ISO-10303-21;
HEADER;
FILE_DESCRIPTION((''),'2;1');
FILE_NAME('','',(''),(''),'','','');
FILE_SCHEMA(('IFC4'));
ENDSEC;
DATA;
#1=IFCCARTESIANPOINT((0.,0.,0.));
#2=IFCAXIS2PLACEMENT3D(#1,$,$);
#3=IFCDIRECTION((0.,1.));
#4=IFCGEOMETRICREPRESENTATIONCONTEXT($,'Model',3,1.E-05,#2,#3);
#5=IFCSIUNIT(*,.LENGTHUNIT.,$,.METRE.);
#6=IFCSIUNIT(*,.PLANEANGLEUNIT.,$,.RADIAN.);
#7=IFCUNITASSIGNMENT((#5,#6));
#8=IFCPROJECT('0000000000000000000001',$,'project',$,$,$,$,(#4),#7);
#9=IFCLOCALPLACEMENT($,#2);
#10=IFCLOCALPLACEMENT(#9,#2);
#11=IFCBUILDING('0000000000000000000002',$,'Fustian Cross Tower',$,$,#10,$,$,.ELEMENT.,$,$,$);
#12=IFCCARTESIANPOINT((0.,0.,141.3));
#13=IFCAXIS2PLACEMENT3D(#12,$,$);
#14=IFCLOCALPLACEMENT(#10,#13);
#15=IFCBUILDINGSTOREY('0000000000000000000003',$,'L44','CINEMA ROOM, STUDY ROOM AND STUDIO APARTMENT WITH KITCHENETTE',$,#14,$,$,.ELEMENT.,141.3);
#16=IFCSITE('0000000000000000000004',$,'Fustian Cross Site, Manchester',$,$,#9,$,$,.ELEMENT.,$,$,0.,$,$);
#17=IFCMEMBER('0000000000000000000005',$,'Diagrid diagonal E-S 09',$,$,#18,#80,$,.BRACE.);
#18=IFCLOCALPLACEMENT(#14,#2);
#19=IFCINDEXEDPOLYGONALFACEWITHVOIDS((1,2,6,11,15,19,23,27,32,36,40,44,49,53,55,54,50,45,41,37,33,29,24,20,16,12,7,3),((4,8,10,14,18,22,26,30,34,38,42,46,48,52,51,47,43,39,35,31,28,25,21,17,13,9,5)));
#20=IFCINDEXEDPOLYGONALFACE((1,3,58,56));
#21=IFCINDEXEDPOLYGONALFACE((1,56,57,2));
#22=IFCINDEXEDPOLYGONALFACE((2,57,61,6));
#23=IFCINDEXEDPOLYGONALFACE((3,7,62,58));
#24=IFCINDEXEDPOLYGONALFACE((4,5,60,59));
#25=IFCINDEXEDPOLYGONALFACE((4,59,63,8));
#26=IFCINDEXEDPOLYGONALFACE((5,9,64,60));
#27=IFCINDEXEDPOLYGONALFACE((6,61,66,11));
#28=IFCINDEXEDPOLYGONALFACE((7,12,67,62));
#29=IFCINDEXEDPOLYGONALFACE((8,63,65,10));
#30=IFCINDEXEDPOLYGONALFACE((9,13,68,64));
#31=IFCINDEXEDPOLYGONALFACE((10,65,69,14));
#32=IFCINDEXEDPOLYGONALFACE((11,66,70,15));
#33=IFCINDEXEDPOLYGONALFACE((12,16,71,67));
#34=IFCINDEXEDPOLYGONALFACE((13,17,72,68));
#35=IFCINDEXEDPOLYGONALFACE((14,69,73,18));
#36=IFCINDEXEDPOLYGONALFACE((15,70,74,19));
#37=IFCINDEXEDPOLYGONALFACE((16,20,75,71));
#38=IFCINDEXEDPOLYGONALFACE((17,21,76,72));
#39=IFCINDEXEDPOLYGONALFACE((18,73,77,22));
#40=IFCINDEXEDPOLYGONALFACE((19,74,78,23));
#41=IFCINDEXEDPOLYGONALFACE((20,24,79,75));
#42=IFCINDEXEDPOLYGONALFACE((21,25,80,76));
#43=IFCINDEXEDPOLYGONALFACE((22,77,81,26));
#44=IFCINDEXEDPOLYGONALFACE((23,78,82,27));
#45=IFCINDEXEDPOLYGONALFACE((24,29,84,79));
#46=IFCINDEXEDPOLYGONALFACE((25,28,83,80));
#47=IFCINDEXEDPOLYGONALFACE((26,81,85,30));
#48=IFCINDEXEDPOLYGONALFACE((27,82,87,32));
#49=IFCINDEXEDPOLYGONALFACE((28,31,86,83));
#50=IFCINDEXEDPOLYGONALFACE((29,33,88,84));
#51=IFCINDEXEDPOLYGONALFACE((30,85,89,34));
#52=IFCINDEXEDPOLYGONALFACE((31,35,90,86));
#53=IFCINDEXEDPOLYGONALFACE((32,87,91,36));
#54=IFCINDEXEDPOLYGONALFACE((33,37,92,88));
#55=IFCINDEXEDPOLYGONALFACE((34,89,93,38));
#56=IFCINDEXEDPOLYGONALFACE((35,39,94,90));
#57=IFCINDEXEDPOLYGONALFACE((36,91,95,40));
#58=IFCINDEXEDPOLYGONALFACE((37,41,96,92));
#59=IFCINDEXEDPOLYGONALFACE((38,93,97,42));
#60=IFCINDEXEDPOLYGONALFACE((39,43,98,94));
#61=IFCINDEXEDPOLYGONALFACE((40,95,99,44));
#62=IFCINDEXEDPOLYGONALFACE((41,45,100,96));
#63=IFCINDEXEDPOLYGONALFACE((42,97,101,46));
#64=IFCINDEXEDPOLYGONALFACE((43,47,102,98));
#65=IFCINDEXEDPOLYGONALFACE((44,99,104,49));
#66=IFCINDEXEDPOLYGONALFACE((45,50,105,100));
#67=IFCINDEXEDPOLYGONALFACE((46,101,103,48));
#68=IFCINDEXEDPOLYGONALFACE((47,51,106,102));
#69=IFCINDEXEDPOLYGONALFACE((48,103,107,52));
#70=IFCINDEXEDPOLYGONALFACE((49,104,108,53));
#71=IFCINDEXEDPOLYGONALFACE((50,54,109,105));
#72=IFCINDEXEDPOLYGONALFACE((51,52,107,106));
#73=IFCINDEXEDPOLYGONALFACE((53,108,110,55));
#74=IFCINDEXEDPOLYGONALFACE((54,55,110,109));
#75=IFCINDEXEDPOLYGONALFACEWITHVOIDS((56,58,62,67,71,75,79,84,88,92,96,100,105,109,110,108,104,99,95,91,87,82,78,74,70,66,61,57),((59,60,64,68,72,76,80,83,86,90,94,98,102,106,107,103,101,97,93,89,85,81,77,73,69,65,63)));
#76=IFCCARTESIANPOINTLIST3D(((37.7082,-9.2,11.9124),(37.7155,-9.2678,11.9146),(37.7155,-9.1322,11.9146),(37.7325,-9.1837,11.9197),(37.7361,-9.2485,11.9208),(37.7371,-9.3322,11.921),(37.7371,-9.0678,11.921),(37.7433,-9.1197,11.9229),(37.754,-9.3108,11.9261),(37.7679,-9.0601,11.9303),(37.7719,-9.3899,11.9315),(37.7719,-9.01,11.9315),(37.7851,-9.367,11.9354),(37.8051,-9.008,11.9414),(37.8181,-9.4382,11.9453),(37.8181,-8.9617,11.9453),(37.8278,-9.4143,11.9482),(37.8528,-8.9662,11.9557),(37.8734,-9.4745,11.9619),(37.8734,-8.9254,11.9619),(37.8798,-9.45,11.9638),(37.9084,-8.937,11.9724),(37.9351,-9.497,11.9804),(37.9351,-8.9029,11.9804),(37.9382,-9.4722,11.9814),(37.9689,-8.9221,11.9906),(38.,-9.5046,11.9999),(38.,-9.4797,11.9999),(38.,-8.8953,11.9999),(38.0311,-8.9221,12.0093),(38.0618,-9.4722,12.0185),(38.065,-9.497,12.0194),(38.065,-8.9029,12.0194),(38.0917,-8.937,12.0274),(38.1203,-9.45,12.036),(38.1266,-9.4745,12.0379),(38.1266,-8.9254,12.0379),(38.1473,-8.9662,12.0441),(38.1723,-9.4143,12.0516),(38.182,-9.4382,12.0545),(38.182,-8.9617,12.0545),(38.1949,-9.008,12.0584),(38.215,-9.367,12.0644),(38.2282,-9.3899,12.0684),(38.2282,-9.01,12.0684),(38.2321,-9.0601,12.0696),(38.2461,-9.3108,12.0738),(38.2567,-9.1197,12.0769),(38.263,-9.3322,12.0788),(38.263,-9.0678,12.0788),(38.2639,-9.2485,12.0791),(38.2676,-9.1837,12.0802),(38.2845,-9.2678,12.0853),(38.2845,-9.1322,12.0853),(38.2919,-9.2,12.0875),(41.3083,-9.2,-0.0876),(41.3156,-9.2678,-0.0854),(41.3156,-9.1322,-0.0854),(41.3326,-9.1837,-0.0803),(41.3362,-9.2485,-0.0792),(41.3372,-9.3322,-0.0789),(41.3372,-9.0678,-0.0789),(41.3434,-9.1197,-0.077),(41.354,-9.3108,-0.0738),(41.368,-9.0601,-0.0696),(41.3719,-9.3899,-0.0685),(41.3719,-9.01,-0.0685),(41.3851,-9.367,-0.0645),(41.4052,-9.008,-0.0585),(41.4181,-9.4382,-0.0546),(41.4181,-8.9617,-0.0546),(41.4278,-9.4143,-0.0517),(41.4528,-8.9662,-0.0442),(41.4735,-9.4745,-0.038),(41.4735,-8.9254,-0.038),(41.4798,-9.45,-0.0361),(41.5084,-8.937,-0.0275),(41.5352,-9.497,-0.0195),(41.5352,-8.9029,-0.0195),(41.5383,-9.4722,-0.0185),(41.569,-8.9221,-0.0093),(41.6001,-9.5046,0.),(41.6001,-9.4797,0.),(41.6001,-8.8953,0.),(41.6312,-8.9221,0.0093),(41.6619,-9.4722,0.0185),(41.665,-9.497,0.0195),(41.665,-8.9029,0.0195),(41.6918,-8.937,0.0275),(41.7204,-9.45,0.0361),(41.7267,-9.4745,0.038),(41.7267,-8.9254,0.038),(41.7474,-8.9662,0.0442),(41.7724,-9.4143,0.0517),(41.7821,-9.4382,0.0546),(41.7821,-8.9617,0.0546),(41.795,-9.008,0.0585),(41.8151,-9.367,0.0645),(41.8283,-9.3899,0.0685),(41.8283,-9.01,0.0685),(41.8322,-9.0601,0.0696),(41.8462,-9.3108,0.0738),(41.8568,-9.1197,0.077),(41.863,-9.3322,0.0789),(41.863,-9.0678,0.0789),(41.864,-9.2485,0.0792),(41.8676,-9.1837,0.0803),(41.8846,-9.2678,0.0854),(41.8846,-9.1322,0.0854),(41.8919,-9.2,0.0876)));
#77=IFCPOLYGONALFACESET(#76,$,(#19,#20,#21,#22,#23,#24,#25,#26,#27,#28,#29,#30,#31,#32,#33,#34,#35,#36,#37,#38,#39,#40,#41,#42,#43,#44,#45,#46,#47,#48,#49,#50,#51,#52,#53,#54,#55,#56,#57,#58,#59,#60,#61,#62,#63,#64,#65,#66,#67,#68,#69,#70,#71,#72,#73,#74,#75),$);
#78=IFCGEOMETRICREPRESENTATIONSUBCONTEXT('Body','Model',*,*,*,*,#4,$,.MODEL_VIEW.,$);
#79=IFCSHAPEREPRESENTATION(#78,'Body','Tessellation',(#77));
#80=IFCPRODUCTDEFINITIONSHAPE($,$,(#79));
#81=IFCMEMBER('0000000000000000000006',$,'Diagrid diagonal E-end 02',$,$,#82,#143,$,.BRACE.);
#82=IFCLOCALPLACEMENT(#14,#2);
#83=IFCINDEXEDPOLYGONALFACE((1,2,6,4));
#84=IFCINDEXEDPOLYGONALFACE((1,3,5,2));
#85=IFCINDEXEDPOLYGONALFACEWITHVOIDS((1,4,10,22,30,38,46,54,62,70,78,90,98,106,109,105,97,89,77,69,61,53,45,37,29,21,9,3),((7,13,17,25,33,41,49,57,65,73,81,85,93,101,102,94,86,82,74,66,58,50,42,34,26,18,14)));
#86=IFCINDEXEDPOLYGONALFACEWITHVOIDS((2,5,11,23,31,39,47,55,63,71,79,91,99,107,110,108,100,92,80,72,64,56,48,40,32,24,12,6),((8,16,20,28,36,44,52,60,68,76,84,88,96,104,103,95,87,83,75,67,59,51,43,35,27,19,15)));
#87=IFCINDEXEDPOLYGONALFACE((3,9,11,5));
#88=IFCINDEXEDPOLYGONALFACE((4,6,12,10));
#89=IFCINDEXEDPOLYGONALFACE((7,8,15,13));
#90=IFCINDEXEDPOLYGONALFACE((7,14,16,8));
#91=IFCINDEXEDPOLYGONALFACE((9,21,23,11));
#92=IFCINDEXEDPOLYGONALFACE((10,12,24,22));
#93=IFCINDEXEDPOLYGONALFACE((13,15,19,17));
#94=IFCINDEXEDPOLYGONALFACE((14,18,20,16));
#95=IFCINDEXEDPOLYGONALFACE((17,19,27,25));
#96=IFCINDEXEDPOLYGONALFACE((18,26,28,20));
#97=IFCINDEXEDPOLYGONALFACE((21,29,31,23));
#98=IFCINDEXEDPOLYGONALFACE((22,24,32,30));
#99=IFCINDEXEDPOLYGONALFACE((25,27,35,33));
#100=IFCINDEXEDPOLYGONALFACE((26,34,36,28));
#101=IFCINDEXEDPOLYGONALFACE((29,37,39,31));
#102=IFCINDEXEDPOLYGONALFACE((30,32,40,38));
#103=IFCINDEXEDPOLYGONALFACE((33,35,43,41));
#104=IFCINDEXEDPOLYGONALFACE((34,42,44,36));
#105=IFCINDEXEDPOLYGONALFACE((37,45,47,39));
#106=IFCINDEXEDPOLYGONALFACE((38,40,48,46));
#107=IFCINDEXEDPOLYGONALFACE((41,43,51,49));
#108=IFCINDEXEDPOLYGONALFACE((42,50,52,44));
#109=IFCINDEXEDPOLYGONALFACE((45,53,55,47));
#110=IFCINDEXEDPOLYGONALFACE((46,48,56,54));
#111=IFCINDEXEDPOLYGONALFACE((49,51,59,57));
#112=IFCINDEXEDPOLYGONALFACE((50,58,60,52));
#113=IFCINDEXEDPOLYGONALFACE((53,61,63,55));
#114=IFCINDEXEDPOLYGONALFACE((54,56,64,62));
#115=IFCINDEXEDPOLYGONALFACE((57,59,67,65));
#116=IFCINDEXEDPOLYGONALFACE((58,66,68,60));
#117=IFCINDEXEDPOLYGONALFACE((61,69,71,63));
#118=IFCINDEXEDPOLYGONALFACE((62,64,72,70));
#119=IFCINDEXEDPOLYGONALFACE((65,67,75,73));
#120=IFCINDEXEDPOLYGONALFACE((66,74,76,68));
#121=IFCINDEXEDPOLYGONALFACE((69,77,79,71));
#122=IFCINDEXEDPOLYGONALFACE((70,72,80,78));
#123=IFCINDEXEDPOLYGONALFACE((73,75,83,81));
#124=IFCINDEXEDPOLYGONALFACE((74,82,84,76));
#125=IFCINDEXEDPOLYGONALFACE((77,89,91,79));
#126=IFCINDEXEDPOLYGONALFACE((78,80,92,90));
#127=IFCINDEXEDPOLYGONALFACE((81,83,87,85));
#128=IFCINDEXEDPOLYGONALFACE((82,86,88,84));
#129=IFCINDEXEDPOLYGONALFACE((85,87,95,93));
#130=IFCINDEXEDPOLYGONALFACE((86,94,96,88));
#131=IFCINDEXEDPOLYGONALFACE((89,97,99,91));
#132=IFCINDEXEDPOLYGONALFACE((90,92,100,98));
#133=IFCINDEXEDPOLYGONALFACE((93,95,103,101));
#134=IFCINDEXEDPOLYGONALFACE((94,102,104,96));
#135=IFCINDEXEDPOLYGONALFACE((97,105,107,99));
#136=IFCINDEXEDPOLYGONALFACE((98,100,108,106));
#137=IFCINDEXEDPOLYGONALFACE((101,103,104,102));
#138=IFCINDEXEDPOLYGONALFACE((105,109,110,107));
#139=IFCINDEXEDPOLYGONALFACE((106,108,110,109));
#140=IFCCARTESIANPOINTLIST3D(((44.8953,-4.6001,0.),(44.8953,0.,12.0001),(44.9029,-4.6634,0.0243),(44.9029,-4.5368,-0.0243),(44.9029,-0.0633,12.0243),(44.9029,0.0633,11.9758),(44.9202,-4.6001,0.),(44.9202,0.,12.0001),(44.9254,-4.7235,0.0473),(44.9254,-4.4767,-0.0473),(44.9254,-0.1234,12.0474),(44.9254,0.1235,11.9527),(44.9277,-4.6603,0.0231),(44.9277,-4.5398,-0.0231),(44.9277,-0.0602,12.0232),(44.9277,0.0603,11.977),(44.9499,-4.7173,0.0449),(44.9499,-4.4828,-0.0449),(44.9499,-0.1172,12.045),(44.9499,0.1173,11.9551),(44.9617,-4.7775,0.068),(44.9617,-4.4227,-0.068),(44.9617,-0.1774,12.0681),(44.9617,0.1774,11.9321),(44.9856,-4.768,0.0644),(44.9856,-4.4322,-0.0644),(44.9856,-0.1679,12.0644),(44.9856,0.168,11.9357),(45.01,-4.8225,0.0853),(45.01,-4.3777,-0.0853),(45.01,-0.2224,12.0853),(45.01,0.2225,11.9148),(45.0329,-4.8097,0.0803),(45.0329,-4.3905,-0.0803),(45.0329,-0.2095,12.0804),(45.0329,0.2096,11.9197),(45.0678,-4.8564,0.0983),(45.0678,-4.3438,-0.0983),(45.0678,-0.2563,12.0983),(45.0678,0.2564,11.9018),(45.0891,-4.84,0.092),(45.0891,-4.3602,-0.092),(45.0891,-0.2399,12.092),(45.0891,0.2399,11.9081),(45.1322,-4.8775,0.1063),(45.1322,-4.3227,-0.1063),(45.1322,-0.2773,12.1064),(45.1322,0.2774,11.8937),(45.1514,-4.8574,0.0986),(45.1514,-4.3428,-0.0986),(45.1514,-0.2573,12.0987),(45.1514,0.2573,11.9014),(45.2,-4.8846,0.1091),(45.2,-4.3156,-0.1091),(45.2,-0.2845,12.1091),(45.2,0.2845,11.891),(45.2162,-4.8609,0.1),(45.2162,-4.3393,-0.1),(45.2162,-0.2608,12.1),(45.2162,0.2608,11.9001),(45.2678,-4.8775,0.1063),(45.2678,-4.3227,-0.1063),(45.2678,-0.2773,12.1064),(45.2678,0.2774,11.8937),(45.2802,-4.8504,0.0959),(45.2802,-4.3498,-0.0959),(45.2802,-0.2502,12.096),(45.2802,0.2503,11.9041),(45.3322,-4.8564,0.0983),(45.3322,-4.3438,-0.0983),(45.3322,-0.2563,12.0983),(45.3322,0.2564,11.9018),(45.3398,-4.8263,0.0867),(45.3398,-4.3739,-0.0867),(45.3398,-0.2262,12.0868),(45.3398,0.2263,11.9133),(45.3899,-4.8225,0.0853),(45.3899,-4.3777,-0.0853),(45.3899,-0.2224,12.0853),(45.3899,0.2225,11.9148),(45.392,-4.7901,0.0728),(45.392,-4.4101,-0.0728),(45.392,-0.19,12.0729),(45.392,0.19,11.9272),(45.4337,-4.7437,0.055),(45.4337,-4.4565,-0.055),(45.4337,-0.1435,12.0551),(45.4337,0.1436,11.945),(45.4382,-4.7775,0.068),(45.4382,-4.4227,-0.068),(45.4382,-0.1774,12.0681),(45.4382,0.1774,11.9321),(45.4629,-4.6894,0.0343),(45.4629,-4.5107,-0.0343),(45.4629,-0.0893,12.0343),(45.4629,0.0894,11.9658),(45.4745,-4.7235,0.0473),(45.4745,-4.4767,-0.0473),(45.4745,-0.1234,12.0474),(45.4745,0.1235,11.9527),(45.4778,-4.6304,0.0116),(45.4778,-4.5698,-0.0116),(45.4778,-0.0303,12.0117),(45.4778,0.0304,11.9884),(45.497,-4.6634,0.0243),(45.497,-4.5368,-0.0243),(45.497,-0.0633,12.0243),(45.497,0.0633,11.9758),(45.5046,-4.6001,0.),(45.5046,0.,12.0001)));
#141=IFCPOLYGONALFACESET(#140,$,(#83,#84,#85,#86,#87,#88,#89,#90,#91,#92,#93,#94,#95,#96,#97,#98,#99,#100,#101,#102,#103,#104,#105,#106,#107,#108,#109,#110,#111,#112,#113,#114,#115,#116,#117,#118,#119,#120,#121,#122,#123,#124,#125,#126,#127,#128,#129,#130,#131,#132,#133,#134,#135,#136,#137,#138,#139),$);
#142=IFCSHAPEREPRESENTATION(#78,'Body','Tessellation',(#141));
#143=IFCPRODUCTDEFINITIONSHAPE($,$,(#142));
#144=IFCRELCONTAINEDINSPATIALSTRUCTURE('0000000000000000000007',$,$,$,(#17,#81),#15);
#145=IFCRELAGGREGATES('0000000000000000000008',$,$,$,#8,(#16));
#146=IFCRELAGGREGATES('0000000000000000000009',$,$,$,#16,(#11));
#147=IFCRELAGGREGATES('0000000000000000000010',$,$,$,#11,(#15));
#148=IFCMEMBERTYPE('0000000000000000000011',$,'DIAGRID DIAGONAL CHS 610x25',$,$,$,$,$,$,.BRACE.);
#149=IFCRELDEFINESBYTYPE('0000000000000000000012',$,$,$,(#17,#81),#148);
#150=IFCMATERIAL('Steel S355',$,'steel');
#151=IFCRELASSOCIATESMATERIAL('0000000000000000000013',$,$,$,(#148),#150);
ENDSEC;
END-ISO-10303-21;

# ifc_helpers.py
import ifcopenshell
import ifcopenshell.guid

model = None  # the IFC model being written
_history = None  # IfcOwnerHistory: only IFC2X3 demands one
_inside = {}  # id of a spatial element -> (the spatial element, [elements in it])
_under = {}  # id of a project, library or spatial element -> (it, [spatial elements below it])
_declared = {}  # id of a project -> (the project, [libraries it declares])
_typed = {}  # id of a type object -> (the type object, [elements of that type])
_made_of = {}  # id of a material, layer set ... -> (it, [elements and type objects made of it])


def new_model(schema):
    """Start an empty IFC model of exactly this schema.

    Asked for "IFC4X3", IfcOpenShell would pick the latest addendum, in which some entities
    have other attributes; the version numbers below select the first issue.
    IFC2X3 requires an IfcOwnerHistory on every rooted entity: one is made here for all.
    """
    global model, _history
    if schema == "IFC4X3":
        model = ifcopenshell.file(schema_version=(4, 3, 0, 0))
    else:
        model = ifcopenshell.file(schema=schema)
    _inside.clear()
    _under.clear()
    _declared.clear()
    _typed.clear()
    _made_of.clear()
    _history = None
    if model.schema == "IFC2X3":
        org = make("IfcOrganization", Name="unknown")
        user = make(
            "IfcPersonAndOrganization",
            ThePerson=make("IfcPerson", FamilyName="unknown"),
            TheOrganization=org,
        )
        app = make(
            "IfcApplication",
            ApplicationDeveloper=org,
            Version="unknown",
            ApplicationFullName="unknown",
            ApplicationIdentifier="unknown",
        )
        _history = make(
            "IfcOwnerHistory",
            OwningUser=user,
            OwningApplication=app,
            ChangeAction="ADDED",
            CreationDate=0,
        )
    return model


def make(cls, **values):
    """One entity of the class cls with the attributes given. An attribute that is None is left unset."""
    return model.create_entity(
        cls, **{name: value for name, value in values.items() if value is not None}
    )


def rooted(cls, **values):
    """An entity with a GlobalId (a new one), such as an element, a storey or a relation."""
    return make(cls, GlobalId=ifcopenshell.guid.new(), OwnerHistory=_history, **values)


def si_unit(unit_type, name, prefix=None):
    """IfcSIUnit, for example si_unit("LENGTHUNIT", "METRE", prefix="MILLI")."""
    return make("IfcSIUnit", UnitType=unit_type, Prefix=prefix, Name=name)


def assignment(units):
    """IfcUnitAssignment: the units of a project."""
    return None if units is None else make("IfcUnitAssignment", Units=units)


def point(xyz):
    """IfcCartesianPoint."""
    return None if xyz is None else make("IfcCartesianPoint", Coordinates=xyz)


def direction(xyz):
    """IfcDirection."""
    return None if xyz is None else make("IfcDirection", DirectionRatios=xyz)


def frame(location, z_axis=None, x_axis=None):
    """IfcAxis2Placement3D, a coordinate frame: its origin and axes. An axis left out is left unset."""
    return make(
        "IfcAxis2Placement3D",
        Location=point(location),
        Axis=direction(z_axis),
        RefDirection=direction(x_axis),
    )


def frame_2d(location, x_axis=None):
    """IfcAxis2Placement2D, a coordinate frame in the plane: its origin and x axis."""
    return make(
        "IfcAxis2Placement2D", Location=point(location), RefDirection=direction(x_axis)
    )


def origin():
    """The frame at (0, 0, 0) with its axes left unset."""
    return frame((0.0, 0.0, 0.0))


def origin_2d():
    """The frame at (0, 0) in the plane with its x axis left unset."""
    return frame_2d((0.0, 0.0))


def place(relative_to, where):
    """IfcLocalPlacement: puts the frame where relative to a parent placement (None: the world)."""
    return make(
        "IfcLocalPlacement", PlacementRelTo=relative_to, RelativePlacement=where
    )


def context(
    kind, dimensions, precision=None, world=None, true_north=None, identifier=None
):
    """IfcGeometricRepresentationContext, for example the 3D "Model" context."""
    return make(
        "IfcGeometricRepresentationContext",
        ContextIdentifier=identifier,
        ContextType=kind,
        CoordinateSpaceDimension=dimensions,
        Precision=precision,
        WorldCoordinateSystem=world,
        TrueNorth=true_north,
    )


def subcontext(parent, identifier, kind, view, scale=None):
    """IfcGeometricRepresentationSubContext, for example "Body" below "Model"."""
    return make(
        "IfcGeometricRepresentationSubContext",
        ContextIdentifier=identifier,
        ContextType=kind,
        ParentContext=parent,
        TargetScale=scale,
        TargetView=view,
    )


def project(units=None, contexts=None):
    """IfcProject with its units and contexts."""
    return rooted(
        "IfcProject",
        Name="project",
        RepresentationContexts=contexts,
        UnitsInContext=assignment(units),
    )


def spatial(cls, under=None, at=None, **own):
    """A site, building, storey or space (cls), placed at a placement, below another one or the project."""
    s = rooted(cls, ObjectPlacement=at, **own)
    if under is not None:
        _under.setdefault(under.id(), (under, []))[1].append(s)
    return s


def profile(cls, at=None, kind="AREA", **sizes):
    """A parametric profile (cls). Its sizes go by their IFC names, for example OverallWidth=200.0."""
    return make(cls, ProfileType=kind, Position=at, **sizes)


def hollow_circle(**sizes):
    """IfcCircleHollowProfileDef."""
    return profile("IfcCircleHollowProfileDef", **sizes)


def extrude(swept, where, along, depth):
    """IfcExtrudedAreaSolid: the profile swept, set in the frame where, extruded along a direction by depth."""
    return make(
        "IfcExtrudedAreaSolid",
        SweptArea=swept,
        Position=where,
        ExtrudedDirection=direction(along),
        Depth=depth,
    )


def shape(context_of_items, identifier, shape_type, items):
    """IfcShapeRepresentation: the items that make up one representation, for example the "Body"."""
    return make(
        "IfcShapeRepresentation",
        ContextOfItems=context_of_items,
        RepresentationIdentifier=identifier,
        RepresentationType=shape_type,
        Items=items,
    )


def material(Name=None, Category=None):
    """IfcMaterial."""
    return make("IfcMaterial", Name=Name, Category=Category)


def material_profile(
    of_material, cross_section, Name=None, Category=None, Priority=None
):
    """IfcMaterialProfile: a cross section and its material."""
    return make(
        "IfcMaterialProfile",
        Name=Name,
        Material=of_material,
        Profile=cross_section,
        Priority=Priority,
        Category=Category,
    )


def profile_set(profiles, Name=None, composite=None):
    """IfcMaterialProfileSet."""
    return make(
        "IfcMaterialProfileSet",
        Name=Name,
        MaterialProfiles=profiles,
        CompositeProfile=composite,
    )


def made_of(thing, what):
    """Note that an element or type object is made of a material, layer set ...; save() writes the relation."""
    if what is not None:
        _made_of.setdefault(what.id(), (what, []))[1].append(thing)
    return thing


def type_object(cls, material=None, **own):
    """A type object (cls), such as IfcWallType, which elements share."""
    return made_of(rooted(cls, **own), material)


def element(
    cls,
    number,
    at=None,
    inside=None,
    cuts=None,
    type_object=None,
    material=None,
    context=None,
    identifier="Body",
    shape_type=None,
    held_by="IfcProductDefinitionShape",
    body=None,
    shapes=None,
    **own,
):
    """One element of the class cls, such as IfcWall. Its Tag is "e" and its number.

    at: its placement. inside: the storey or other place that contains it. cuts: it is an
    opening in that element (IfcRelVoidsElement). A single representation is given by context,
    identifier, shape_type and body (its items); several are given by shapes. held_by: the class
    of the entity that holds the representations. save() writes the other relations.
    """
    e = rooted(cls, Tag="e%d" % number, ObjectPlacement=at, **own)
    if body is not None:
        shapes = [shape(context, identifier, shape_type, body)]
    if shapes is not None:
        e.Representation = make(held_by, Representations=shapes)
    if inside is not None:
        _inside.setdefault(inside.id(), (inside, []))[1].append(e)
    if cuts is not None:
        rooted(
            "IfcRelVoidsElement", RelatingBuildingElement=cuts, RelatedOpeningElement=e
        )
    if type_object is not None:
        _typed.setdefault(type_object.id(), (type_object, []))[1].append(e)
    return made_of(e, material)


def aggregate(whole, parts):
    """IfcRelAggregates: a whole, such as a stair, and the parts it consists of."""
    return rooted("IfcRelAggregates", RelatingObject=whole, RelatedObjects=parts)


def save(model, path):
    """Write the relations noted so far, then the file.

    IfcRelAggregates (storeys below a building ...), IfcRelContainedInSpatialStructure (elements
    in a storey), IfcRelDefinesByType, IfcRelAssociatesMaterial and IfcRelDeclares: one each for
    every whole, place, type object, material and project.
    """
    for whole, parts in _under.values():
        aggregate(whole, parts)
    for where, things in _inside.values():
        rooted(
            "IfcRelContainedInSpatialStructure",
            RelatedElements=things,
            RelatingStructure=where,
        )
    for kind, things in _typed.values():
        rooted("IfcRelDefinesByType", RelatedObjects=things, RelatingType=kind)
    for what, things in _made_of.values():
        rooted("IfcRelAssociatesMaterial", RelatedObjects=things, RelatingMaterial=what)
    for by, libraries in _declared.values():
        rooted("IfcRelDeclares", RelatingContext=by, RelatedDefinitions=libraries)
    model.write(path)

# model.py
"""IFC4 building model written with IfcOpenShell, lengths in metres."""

from ifc_helpers import new_model, si_unit, direction, frame, origin, origin_2d, place, context, subcontext, project, spatial, hollow_circle, extrude, material, material_profile, profile_set, type_object, element, save


model = new_model("IFC4")

# Units and contexts
model_context = context("Model", 3, precision=1e-05, world=origin(), true_north=direction((0.0, 1.0)))
body_context = subcontext(model_context, "Body", "Model", "MODEL_VIEW")
ifc_project = project(units=[si_unit("LENGTHUNIT", "METRE"), si_unit("PLANEANGLEUNIT", "RADIAN")], contexts=[model_context])

# Site, building, storey
site_placement = place(None, origin())
site = spatial("IfcSite", under=ifc_project, at=site_placement, Name="Fustian Cross Site, Manchester", CompositionType="ELEMENT", RefElevation=0.0)
building_placement = place(site_placement, origin())
building = spatial("IfcBuilding", under=site, at=building_placement, Name="Fustian Cross Tower", CompositionType="ELEMENT")
storey_placement = place(building_placement, frame((0.0, 0.0, 141.3)))
storey = spatial("IfcBuildingStorey", under=building, at=storey_placement, Name="L44", Description="CINEMA ROOM, STUDY ROOM AND STUDIO APARTMENT WITH KITCHENETTE", CompositionType="ELEMENT", Elevation=141.3)

# Members
ifc_material_1 = material(Name="Steel S355", Category="steel")
ifc_material_profile_1 = material_profile(ifc_material_1, hollow_circle(Radius=0.3047, WallThickness=0.0249, at=origin_2d()), Name="CHS 610x25")
ifc_profile_set_1 = profile_set([ifc_material_profile_1], Name="Steel S355")
member_type_1 = type_object("IfcMemberType", Name="DIAGRID DIAGONAL CHS 610x25", PredefinedType="BRACE", material=ifc_profile_set_1)
for number, where, z_axis, x_axis, name in (
    (1, (41.6001, -9.2, 0.0), (-0.287355, 0.0, 0.957824), (0.0, -1.0, 0.0), "Diagrid diagonal E-S 09"),
):
    element("IfcMember", number, at=place(storey_placement, frame(where, z_axis=z_axis, x_axis=x_axis)), inside=storey, type_object=member_type_1, Name=name, PredefinedType="BRACE", context=body_context, shape_type="SweptSolid", body=[
        extrude(hollow_circle(Radius=0.3047, WallThickness=0.0249, at=origin_2d()), origin(), (0.0, 0.0, 1.0), 12.5283),
    ])
member_1_placement = place(storey_placement, frame((45.2, -4.6001, 0.0), z_axis=(0.0, 0.357943, 0.933744), x_axis=(-1.0, 0.0, 0.0)))
element("IfcMember", 2, at=member_1_placement, inside=storey, type_object=member_type_1, Name="Diagrid diagonal E-end 02", PredefinedType="BRACE", context=body_context, shape_type="SweptSolid", body=[
    extrude(hollow_circle(Radius=0.3047, WallThickness=0.0249, at=origin_2d()), origin(), (0.0, 0.0, 1.0), 12.8516),
])

save(model, "model.ifc")
